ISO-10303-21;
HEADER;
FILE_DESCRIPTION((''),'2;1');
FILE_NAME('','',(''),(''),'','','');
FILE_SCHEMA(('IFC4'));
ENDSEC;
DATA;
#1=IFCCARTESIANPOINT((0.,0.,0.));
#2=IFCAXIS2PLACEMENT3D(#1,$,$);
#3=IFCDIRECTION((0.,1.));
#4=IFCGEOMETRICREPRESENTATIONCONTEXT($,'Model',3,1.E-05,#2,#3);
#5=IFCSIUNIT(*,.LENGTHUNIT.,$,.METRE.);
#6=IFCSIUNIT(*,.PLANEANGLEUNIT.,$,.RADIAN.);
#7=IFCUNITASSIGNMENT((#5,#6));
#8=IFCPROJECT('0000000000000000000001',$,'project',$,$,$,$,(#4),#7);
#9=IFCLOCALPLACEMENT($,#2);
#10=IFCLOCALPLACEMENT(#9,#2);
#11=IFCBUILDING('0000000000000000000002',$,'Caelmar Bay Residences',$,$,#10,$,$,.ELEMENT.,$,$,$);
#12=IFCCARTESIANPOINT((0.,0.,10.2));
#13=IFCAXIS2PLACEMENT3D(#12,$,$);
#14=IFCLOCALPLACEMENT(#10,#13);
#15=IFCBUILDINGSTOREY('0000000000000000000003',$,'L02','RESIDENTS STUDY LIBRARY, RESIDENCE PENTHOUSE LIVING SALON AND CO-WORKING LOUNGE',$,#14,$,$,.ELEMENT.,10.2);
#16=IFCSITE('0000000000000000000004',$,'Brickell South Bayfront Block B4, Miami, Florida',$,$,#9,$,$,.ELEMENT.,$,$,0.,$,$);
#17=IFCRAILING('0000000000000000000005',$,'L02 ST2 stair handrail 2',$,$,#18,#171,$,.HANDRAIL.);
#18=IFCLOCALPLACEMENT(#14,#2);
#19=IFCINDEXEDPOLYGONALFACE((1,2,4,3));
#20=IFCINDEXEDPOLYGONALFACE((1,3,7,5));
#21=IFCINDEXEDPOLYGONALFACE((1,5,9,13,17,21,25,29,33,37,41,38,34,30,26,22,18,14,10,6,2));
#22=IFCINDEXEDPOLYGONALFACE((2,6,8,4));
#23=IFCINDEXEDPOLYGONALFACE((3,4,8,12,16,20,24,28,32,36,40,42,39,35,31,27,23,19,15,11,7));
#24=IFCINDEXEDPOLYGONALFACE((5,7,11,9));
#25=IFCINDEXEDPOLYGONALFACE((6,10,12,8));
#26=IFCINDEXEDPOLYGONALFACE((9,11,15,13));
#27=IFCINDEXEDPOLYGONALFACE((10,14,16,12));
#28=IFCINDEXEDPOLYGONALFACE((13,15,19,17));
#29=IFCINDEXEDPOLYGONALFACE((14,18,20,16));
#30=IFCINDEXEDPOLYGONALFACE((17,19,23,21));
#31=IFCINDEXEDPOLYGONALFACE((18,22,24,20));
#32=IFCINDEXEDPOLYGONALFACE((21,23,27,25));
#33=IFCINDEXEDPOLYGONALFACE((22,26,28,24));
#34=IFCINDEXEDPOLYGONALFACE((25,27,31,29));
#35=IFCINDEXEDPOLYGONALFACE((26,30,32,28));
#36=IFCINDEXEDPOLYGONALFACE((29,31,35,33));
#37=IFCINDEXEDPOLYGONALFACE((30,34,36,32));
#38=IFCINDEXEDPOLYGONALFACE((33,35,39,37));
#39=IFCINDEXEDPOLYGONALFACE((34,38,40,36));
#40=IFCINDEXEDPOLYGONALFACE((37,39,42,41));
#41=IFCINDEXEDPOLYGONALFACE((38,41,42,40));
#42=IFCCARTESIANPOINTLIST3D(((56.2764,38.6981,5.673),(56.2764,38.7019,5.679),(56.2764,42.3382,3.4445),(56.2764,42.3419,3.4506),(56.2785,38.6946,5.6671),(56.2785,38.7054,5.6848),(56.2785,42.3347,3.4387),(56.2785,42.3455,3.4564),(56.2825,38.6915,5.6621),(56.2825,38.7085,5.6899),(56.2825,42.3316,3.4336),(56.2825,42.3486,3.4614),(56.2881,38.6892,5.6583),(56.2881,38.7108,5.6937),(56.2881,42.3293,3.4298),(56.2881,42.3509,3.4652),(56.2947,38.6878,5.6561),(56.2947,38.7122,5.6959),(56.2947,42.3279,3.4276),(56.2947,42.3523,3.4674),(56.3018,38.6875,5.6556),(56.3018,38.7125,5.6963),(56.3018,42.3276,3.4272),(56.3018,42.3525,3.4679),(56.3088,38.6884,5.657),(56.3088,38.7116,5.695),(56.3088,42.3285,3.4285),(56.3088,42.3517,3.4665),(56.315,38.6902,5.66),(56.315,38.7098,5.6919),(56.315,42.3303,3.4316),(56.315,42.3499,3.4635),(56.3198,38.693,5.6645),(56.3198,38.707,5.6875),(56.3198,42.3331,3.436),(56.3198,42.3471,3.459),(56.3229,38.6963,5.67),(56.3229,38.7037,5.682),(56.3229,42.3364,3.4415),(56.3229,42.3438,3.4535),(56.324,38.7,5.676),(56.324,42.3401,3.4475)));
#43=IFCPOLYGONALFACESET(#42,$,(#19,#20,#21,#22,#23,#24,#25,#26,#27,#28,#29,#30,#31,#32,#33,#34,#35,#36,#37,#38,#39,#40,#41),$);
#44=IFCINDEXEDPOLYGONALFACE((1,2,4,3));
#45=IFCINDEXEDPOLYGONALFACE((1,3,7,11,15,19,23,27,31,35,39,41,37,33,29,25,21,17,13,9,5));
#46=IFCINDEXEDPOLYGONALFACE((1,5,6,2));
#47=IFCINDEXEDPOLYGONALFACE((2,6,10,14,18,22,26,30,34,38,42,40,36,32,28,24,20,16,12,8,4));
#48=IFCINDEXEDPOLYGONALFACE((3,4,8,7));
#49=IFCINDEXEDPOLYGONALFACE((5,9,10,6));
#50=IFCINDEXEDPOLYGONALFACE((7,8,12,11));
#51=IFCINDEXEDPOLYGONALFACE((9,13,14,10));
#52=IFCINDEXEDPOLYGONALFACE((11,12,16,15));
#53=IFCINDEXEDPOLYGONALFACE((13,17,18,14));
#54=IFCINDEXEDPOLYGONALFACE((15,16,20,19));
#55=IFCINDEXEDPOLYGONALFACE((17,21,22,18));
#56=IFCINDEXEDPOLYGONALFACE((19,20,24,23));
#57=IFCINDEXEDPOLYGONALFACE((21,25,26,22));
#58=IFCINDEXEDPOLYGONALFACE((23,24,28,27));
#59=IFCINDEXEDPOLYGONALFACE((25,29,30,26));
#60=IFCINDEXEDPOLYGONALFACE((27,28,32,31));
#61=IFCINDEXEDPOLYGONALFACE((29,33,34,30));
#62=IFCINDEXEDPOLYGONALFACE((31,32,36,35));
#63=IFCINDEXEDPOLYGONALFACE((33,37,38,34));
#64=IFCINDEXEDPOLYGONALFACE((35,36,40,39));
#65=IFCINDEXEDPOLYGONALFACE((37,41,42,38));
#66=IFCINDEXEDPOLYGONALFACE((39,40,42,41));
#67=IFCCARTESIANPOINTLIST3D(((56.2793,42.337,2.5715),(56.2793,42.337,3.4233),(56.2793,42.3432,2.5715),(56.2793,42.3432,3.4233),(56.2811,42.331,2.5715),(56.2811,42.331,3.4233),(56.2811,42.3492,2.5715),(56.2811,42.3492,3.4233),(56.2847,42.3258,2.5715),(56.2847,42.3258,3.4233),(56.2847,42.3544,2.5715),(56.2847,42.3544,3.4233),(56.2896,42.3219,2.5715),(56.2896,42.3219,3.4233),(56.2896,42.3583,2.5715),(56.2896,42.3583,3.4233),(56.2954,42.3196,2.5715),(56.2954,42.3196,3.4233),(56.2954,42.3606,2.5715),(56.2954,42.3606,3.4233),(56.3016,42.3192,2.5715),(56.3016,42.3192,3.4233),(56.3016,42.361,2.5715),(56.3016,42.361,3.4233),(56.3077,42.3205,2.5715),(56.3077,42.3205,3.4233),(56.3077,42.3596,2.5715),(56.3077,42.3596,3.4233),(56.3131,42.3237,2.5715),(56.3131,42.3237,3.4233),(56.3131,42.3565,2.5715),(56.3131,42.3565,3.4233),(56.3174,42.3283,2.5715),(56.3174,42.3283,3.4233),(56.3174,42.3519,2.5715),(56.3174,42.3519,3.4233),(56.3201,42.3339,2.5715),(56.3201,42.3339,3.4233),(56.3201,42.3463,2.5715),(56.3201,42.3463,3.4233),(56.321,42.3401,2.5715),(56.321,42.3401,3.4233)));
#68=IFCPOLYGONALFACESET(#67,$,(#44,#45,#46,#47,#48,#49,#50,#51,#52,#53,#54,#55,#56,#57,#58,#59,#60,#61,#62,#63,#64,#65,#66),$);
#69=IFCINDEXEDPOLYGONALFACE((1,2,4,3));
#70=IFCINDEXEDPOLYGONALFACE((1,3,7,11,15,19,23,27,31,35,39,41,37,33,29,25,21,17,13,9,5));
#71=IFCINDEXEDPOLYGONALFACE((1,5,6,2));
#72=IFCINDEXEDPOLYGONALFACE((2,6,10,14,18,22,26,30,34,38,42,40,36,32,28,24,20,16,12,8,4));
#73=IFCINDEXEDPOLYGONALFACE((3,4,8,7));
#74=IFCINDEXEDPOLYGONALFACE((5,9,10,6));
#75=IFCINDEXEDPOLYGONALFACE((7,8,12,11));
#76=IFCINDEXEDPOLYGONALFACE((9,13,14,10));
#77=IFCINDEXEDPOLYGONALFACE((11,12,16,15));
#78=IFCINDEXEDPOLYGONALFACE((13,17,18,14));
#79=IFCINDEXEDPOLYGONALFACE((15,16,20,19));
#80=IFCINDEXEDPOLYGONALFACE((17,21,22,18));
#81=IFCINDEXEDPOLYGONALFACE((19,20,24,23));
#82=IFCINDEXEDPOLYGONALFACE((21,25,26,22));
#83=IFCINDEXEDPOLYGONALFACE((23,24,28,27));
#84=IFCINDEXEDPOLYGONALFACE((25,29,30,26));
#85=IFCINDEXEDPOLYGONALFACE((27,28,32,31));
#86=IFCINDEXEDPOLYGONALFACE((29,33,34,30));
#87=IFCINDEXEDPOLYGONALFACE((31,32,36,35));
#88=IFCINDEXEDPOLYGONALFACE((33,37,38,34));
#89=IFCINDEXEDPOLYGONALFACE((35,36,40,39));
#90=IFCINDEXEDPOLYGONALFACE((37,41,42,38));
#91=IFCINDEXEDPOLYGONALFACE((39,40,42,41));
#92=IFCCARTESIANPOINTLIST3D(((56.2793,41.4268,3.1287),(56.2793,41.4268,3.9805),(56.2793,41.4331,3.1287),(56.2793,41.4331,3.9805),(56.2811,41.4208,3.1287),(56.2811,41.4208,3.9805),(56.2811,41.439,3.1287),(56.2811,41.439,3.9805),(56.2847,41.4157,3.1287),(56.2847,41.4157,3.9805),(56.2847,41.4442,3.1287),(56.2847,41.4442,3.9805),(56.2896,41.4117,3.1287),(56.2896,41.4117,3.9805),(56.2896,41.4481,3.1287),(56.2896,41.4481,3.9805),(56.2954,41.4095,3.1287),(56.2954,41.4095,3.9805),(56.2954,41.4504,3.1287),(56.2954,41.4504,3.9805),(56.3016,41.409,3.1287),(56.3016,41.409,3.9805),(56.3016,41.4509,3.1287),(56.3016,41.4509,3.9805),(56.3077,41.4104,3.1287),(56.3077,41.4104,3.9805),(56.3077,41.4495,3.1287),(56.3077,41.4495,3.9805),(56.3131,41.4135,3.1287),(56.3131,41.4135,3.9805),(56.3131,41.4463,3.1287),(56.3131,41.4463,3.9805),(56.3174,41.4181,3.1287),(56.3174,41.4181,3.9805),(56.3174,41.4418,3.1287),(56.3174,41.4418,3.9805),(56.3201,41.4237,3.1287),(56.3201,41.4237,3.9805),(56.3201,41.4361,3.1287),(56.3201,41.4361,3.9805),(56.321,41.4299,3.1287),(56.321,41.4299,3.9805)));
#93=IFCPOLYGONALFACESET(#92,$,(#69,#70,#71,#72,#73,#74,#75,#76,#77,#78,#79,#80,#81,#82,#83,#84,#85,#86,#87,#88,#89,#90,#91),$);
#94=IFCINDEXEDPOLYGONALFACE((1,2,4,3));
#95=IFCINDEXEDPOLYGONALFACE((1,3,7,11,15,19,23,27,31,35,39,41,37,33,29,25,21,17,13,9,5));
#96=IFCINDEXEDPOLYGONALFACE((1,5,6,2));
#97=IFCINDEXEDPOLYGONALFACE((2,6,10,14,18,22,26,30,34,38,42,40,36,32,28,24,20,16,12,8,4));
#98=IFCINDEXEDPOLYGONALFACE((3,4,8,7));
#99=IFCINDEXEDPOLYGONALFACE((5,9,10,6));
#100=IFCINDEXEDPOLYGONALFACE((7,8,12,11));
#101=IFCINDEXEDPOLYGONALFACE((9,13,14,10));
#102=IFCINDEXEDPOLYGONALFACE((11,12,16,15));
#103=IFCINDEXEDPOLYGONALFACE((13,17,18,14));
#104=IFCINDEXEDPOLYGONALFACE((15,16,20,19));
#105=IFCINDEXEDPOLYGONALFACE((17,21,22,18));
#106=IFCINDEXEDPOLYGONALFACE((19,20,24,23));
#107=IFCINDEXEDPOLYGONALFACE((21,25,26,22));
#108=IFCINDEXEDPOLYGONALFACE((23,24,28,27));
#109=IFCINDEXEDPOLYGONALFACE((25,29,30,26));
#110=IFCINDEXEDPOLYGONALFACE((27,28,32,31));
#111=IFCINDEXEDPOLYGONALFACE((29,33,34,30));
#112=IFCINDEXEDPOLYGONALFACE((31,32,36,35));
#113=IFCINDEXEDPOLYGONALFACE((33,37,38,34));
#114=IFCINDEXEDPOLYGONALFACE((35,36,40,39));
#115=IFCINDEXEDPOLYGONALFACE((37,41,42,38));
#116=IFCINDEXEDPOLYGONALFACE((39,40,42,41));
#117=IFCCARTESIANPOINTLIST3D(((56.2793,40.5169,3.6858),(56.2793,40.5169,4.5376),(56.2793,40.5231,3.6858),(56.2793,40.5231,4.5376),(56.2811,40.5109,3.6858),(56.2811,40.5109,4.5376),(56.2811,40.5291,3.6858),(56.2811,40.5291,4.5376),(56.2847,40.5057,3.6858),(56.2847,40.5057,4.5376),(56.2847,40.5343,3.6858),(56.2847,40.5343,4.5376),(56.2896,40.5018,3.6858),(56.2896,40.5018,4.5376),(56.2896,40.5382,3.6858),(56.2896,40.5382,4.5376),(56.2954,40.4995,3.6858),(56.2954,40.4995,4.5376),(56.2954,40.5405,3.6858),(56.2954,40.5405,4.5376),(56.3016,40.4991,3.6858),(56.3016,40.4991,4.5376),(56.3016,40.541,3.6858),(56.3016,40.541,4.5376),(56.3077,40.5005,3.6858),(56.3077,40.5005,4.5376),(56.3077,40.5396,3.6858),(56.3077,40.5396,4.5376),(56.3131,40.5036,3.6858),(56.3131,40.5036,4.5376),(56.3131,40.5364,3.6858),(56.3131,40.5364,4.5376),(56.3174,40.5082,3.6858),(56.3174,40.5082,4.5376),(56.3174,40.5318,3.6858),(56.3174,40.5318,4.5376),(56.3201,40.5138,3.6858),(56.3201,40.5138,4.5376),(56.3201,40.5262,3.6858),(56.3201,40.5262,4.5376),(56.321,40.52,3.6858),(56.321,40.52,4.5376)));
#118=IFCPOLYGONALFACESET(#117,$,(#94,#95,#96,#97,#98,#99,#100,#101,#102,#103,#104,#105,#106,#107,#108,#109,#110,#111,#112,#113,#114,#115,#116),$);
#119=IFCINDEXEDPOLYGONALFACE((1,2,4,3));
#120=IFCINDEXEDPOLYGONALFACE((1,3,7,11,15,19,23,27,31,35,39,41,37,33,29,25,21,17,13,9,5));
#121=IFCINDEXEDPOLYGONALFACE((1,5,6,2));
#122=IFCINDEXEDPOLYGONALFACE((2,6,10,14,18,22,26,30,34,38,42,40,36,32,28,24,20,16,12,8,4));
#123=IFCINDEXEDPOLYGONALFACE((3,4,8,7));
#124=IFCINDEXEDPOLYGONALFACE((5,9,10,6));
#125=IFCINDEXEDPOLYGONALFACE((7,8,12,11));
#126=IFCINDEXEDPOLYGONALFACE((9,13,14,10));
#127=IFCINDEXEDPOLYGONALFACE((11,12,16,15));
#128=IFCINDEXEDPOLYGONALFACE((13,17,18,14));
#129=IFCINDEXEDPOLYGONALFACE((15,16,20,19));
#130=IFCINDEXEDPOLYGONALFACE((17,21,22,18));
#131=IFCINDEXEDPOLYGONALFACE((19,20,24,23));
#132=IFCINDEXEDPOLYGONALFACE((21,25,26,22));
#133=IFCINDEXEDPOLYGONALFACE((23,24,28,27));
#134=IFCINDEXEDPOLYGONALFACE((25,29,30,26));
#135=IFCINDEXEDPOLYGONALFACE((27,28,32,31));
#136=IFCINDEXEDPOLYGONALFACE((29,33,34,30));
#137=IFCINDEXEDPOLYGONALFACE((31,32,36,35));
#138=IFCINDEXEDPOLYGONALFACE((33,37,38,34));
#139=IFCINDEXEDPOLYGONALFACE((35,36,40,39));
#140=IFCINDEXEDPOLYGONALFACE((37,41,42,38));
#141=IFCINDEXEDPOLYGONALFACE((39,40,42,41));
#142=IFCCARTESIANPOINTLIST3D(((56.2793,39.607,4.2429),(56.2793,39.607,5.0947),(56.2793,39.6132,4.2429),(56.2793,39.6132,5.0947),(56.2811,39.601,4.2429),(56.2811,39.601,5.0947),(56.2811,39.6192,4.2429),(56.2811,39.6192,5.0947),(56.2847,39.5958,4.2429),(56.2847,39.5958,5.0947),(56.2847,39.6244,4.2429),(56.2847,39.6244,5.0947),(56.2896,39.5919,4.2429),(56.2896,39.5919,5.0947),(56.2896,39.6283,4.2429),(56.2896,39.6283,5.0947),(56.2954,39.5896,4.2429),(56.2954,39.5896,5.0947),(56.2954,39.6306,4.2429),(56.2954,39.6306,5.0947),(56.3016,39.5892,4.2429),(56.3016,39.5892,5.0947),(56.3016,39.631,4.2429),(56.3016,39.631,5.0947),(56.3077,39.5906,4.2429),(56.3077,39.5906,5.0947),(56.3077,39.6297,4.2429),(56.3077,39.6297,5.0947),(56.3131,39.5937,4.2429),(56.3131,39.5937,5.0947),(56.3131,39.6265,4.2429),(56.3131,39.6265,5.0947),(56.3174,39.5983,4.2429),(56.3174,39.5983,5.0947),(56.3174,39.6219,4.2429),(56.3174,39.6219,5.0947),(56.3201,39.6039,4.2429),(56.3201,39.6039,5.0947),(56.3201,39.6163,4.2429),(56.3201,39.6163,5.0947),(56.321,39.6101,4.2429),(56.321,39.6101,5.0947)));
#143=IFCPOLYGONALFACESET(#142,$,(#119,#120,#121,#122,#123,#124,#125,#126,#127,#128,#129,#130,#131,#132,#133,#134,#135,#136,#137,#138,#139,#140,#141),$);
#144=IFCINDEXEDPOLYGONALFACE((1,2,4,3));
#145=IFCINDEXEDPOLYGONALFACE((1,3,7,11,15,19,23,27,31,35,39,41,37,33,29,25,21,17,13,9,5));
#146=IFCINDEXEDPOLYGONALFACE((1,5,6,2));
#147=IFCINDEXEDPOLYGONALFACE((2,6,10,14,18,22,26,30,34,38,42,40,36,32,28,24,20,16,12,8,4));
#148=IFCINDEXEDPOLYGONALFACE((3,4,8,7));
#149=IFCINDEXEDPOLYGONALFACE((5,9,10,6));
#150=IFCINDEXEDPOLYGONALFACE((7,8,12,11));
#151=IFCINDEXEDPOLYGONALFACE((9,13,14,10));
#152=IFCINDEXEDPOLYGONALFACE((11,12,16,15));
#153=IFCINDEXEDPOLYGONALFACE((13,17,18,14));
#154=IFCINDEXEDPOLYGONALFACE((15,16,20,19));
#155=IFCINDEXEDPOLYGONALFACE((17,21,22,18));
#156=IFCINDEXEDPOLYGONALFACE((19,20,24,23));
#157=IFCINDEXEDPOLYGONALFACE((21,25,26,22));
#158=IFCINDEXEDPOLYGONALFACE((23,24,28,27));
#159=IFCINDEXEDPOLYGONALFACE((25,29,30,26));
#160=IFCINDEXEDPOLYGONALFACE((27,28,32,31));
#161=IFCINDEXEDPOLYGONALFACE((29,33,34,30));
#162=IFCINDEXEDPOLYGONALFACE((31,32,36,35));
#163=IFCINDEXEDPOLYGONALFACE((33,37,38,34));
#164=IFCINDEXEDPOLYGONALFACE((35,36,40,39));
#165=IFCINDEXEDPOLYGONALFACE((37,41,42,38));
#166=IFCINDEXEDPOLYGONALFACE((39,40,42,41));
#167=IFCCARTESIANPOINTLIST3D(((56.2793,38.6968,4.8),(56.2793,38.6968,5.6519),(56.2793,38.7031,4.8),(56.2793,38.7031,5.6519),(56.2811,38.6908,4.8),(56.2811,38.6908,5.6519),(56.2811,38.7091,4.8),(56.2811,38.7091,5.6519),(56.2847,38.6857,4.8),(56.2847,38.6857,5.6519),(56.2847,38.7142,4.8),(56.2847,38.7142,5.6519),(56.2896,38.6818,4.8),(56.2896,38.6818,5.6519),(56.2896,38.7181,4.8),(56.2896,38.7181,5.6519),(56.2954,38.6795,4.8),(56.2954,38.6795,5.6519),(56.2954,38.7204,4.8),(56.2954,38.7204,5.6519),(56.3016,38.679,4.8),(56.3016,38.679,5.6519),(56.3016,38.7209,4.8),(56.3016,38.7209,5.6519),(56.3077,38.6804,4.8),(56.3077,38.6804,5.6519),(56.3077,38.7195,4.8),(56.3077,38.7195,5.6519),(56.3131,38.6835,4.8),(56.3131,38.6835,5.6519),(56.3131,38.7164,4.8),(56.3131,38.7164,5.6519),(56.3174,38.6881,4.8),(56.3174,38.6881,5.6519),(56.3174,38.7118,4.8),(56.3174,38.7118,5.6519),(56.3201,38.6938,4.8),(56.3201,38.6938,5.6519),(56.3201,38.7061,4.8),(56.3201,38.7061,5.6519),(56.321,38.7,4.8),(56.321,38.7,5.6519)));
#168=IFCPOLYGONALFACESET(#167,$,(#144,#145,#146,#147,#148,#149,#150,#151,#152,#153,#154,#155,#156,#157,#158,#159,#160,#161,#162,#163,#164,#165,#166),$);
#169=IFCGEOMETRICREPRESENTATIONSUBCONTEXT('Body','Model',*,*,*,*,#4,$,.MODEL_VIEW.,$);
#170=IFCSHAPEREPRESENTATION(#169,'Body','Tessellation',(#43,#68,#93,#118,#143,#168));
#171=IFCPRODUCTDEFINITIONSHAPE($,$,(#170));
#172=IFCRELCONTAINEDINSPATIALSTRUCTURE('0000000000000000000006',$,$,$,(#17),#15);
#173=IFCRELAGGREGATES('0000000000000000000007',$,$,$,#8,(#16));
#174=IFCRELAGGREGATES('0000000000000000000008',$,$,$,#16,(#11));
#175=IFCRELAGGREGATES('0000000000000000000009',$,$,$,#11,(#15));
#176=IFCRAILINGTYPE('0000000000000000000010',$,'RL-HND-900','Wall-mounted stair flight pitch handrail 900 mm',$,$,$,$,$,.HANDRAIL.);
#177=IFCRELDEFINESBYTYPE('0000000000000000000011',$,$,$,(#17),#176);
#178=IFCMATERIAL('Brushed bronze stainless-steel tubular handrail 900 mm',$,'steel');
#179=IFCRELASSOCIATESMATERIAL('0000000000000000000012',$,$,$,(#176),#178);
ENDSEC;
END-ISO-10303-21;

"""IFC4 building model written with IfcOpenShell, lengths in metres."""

from ifc_helpers import new_model, si_unit, direction, frame, origin, origin_2d, place, context, subcontext, project, spatial, circle, extrude, material, type_object, element, save


model = new_model("IFC4")

# Units and contexts
model_context = context("Model", 3, precision=1e-05, world=origin(), true_north=direction((0.0, 1.0)))
body_context = subcontext(model_context, "Body", "Model", "MODEL_VIEW")
ifc_project = project(units=[si_unit("LENGTHUNIT", "METRE"), si_unit("PLANEANGLEUNIT", "RADIAN")], contexts=[model_context])

# Site, building, storey
site_placement = place(None, origin())
site = spatial("IfcSite", under=ifc_project, at=site_placement, Name="Brickell South Bayfront Block B4, Miami, Florida", CompositionType="ELEMENT", RefElevation=0.0)
building_placement = place(site_placement, origin())
building = spatial("IfcBuilding", under=site, at=building_placement, Name="Caelmar Bay Residences", CompositionType="ELEMENT")
storey_placement = place(building_placement, frame((0.0, 0.0, 10.2)))
storey = spatial("IfcBuildingStorey", under=building, at=storey_placement, Name="L02", Description="RESIDENTS STUDY LIBRARY, RESIDENCE PENTHOUSE LIVING SALON AND CO-WORKING LOUNGE", CompositionType="ELEMENT", Elevation=10.2)

# Railing
ifc_material_1 = material(Name="Brushed bronze stainless-steel tubular handrail 900 mm", Category="steel")
railing_type_1 = type_object("IfcRailingType", Name="RL-HND-900", Description="Wall-mounted stair flight pitch handrail 900 mm", PredefinedType="HANDRAIL", material=ifc_material_1)
railing_1_placement = place(storey_placement, frame((56.3, 42.3401, 2.5715)))
element("IfcRailing", 1, at=railing_1_placement, inside=storey, type_object=railing_type_1, Name="L02 ST2 stair handrail 2", PredefinedType="HANDRAIL", context=body_context, shape_type="SweptSolid", body=[
    extrude(circle(Radius=0.0239, at=origin_2d()), frame((0.0, 0.0, 0.876), z_axis=(0.0, -0.852866, 0.52213), x_axis=(1.0, 0.0, 0.0)), (0.0, 0.0, 1.0), 4.2681),
    extrude(circle(Radius=0.021, at=origin_2d()), origin(), (0.0, 0.0, 1.0), 0.8518),
    extrude(circle(Radius=0.021, at=origin_2d()), frame((0.0, -0.9102, 0.5571)), (0.0, 0.0, 1.0), 0.8518),
    extrude(circle(Radius=0.021, at=origin_2d()), frame((0.0, -1.8201, 1.1143)), (0.0, 0.0, 1.0), 0.8518),
    extrude(circle(Radius=0.021, at=origin_2d()), frame((0.0, -2.73, 1.6714)), (0.0, 0.0, 1.0), 0.8518),
    extrude(circle(Radius=0.021, at=origin_2d()), frame((0.0, -3.6401, 2.2285)), (0.0, 0.0, 1.0), 0.8518),
])

save(model, "model.ifc")
